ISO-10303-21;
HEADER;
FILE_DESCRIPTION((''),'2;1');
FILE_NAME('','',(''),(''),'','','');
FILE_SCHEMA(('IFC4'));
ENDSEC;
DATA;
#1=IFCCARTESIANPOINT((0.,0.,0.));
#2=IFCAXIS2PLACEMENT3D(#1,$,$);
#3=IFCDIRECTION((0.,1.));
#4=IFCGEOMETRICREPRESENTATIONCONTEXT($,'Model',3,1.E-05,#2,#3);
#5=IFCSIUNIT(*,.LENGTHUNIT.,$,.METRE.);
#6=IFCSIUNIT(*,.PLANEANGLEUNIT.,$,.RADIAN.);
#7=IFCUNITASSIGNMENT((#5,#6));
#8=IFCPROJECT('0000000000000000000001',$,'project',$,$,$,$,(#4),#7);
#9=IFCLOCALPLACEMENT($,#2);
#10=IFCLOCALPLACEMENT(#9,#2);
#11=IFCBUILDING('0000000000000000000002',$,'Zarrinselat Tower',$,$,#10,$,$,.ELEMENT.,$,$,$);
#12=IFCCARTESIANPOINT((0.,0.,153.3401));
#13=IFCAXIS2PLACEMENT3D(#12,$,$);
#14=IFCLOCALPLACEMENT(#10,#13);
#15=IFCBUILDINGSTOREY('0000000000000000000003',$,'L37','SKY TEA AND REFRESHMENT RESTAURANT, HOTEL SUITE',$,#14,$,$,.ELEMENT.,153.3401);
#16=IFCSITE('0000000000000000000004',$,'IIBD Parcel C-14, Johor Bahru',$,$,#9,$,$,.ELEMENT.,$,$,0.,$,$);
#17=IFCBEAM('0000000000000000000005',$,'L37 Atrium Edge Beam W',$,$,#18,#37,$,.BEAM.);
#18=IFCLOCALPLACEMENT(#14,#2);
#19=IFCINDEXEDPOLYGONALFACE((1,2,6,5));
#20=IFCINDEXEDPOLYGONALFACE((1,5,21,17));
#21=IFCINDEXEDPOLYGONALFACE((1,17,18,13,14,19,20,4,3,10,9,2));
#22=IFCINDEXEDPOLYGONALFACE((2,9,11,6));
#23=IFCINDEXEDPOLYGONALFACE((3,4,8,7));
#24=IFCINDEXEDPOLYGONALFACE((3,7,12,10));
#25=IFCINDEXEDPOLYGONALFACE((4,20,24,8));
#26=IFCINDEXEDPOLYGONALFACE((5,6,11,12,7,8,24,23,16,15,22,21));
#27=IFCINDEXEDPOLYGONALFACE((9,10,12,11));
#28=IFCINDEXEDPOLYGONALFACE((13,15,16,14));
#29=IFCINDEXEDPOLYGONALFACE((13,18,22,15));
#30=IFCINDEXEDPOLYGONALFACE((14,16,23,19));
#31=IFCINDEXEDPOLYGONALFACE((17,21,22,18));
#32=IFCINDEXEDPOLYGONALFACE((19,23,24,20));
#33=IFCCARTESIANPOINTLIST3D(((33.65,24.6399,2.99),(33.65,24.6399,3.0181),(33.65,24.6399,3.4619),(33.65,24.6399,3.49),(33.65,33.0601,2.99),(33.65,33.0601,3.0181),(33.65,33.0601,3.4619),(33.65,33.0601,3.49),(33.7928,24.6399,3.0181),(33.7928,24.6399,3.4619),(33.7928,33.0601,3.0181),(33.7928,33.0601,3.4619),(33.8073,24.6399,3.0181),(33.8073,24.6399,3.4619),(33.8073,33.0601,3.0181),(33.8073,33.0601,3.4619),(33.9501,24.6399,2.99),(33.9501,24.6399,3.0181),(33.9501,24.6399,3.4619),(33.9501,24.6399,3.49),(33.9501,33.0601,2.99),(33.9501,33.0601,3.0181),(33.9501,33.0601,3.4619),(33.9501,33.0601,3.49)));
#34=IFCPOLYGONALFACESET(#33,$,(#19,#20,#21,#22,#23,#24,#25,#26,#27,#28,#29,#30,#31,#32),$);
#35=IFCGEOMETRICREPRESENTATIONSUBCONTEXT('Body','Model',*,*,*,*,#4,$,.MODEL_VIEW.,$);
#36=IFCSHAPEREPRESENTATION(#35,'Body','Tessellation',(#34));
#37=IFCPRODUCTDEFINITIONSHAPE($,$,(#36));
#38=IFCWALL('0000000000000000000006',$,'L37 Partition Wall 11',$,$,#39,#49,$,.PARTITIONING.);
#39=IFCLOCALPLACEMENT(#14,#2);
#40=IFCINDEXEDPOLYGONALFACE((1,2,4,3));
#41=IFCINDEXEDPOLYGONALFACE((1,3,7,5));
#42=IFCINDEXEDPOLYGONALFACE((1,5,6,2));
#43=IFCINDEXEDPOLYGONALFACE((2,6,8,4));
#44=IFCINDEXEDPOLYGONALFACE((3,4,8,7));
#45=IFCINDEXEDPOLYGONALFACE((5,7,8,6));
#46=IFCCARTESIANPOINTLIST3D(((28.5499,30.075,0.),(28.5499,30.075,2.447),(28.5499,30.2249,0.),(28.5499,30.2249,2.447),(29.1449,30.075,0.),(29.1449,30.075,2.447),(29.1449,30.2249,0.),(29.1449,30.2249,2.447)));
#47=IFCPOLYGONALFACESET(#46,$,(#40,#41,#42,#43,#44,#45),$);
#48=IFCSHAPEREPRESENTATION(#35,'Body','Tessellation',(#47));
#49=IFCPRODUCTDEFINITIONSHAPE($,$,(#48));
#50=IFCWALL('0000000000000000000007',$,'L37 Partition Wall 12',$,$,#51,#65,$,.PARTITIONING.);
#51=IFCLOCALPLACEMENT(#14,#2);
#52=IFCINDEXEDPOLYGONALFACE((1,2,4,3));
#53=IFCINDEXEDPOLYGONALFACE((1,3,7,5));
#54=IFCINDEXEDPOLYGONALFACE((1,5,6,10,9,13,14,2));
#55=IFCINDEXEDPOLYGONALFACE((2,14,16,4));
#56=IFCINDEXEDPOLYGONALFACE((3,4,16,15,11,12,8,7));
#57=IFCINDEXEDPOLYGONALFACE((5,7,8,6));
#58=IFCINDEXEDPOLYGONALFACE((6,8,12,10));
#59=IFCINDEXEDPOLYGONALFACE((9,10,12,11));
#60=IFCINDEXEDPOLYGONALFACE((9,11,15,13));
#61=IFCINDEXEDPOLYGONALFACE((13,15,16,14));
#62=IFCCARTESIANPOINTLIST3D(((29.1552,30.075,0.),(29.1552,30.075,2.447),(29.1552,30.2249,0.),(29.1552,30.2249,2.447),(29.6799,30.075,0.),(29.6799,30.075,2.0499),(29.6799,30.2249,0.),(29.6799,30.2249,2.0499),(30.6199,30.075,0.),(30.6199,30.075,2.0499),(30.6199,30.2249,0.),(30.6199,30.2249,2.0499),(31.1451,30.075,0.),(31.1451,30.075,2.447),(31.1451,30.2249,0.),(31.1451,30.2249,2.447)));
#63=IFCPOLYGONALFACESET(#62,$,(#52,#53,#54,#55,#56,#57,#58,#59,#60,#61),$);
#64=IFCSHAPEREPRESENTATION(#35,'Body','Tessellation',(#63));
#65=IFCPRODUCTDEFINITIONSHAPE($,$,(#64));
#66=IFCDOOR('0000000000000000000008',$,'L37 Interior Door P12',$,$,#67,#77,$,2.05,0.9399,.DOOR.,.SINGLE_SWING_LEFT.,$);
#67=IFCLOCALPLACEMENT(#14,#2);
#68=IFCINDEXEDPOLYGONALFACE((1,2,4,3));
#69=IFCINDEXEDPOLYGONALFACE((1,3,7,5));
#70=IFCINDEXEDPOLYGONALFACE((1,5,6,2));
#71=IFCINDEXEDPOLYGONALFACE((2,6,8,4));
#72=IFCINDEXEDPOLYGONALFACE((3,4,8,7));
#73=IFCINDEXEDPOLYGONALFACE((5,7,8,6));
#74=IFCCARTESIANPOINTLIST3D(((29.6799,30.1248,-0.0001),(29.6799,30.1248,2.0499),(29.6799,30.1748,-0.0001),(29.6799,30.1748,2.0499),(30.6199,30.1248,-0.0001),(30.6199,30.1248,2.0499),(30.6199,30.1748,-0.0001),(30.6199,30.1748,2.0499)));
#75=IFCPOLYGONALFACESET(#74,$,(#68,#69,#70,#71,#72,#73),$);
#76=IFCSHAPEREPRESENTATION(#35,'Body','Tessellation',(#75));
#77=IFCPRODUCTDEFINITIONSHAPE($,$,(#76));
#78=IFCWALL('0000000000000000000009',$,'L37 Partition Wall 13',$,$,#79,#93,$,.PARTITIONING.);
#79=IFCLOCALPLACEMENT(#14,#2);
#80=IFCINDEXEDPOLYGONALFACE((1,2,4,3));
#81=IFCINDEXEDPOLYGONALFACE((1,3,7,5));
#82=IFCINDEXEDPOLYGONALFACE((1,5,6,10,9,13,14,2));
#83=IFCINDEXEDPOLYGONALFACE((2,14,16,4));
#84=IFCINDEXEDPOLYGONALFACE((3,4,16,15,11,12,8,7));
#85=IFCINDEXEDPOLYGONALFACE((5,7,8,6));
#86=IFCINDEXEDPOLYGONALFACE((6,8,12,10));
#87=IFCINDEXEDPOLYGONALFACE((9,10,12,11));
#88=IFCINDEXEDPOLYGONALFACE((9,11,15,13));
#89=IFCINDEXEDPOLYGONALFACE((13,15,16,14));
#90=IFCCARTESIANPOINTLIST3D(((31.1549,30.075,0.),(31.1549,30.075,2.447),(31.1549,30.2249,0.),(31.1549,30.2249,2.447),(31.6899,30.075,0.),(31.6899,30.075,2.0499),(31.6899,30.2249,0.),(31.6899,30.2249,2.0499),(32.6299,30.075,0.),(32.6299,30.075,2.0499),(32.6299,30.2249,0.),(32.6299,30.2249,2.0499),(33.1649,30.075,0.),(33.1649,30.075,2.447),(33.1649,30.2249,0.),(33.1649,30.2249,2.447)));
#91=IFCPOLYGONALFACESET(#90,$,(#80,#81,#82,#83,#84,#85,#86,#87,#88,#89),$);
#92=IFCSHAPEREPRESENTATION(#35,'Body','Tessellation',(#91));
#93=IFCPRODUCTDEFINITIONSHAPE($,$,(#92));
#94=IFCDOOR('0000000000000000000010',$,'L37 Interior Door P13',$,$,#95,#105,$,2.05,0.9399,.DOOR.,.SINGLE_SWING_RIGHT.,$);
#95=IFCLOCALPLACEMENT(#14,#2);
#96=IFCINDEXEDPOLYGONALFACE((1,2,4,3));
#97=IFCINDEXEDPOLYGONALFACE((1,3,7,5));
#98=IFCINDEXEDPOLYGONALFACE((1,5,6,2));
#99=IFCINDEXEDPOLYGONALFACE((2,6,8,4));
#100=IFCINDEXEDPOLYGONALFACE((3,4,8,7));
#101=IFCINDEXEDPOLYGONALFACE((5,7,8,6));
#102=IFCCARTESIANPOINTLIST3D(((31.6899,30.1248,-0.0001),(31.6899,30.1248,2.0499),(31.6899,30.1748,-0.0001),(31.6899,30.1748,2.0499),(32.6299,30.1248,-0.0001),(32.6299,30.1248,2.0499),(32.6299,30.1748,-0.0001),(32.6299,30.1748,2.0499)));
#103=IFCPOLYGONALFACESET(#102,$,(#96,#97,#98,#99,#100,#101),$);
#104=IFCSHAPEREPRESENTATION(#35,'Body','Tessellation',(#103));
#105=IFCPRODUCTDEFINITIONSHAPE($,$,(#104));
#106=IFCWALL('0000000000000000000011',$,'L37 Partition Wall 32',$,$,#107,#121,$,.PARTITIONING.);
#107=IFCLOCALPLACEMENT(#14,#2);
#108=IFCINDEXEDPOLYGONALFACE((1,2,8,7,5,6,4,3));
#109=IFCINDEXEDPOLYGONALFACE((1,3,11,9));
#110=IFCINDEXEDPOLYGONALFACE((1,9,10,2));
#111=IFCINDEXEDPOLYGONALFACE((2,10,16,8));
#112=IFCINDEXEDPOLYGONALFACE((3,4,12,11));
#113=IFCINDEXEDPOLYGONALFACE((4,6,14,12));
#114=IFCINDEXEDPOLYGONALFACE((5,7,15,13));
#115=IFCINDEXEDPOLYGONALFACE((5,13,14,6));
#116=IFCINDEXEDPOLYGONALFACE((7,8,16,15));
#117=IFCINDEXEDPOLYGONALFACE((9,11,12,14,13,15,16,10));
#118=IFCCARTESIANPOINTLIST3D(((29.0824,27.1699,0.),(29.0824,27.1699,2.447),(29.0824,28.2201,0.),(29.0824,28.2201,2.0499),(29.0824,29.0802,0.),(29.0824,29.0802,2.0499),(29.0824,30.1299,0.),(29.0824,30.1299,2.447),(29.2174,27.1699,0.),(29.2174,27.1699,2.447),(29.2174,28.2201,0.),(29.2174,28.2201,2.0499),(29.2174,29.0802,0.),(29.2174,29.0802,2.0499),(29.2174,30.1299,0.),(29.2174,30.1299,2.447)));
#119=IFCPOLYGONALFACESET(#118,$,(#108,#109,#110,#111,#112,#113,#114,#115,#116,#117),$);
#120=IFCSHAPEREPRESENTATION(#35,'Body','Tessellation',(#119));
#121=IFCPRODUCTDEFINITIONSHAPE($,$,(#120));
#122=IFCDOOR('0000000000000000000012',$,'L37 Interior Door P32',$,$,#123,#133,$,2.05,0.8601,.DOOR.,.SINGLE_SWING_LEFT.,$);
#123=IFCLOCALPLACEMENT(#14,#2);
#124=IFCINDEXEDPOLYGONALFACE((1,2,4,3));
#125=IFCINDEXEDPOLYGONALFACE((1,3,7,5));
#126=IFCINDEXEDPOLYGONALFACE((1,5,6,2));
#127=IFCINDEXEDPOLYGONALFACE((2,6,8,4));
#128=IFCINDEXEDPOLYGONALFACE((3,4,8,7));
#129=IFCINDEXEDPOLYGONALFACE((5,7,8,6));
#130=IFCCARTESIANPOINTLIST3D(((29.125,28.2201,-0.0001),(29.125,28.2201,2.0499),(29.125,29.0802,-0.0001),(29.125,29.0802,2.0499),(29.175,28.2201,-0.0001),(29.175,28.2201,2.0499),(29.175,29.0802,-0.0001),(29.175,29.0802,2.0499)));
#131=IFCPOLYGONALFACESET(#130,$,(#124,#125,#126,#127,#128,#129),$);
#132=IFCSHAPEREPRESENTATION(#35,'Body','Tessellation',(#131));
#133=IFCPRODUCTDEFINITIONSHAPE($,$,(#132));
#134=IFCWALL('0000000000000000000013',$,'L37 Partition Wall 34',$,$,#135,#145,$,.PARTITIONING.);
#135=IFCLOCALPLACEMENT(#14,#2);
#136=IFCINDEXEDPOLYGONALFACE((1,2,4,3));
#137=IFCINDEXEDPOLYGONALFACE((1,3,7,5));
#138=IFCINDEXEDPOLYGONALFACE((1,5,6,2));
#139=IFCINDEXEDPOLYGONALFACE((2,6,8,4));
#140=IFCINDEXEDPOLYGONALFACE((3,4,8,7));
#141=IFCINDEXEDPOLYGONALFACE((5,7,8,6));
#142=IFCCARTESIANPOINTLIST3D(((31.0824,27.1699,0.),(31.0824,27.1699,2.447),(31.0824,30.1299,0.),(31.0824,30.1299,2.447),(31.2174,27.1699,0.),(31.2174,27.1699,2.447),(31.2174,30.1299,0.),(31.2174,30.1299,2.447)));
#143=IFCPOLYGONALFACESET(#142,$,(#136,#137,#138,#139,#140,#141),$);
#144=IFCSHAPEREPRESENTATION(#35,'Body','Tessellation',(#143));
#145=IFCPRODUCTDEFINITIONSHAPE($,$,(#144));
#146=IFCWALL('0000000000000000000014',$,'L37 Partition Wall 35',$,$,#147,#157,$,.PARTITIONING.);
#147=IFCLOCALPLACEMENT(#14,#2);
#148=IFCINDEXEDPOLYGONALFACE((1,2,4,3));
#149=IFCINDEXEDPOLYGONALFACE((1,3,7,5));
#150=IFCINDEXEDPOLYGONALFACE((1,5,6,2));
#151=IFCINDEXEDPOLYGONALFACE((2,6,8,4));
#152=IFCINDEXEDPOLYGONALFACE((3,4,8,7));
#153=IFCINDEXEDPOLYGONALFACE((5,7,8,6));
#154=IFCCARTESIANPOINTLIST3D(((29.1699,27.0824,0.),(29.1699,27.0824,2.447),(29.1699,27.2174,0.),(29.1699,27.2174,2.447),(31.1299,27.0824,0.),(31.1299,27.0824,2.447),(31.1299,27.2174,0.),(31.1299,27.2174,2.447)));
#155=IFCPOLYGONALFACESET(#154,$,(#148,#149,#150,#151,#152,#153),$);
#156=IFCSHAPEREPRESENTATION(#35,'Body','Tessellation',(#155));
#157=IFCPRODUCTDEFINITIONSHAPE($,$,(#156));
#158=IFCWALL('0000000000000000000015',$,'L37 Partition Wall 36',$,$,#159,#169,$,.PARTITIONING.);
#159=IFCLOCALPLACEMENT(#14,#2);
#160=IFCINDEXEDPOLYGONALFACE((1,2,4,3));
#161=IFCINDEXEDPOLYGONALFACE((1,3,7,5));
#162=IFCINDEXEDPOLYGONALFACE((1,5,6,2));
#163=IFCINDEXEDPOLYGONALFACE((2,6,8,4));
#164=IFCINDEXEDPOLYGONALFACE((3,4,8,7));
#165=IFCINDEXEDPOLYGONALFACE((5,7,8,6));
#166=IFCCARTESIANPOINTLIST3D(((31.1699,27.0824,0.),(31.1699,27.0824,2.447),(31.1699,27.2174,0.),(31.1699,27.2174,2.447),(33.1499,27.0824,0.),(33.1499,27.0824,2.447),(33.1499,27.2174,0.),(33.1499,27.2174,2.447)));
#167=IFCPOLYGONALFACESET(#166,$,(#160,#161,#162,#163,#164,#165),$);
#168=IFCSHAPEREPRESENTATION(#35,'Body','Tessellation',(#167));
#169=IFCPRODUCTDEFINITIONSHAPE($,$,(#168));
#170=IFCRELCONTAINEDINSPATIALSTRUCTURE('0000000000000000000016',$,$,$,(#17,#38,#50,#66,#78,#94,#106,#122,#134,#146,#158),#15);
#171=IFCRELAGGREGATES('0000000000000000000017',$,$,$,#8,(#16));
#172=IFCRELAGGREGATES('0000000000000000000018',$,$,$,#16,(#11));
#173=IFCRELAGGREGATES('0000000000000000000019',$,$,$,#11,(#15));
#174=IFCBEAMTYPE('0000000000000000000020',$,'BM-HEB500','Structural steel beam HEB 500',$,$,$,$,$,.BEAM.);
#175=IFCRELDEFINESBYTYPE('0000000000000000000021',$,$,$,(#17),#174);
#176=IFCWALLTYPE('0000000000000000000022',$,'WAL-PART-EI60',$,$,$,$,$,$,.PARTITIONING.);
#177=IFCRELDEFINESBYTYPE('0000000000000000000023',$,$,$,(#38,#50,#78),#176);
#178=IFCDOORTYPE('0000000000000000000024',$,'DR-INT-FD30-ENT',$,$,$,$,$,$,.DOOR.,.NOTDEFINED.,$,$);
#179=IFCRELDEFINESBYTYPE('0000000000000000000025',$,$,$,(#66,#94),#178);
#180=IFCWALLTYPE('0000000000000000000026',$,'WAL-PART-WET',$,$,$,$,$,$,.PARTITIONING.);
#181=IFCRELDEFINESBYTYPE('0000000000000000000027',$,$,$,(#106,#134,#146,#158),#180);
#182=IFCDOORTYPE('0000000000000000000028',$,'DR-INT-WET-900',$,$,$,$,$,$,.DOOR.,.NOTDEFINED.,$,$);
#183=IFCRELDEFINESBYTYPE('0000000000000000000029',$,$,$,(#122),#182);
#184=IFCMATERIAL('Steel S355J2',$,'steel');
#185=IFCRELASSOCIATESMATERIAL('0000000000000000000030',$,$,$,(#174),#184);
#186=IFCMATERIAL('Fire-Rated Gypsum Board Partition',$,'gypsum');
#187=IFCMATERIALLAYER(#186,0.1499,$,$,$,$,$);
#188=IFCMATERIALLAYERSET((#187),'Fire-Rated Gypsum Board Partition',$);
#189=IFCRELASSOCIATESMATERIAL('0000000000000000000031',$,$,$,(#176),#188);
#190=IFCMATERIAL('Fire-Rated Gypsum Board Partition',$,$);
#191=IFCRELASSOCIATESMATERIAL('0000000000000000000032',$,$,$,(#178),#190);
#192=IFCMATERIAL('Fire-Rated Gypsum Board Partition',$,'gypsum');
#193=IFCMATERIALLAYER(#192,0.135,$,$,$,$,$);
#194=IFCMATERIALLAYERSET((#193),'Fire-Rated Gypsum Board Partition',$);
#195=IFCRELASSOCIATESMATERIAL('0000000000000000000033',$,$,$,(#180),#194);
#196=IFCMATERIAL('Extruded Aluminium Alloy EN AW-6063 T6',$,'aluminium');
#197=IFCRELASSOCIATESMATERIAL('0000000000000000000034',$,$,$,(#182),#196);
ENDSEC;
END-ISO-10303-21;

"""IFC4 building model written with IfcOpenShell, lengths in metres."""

from ifc_helpers import new_model, si_unit, direction, frame, frame_2d, origin, origin_2d, place, context, subcontext, project, spatial, rectangle, i_section, extrude, material, layer, layer_set, material_profile, profile_set, type_object, element, fill, save


model = new_model("IFC4")

# Units and contexts
model_context = context("Model", 3, precision=1e-05, world=origin(), true_north=direction((0.0, 1.0)))
body_context = subcontext(model_context, "Body", "Model", "MODEL_VIEW")
ifc_project = project(units=[si_unit("LENGTHUNIT", "METRE"), si_unit("PLANEANGLEUNIT", "RADIAN")], contexts=[model_context])

# Site, building, storey
site_placement = place(None, origin())
site = spatial("IfcSite", under=ifc_project, at=site_placement, Name="IIBD Parcel C-14, Johor Bahru", CompositionType="ELEMENT", RefElevation=0.0)
building_placement = place(site_placement, origin())
building = spatial("IfcBuilding", under=site, at=building_placement, Name="Zarrinselat Tower", CompositionType="ELEMENT")
storey_placement = place(building_placement, frame((0.0, 0.0, 153.3401)))
storey = spatial("IfcBuildingStorey", under=building, at=storey_placement, Name="L37", Description="SKY TEA AND REFRESHMENT RESTAURANT, HOTEL SUITE", CompositionType="ELEMENT", Elevation=153.3401)

# Beam
ifc_material_1 = material(Name="Steel S355J2", Category="steel")
ifc_material_profile = material_profile(ifc_material_1, i_section(OverallWidth=0.3, OverallDepth=0.5, WebThickness=0.0144, FlangeThickness=0.0281, at=origin_2d()), Name="HEB 500")
ifc_profile_set = profile_set([ifc_material_profile], Name="Steel S355J2")
beam_type = type_object("IfcBeamType", Name="BM-HEB500", Description="Structural steel beam HEB 500", PredefinedType="BEAM", material=ifc_profile_set)
beam_placement = place(storey_placement, frame((33.8, 24.6399, 3.24), z_axis=(0.0, 1.0, 0.0), x_axis=(-1.0, 0.0, 0.0)))
element("IfcBeam", 1, at=beam_placement, inside=storey, type_object=beam_type, Name="L37 Atrium Edge Beam W", PredefinedType="BEAM", context=body_context, shape_type="SweptSolid", body=[
    extrude(i_section(OverallWidth=0.3, OverallDepth=0.5, WebThickness=0.0144, FlangeThickness=0.0281, at=origin_2d()), origin(), (0.0, 0.0, 1.0), 8.4202),
])

# Wall
ifc_material_2 = material(Name="Fire-Rated Gypsum Board Partition", Category="gypsum")
ifc_layer_1 = layer(ifc_material_2, 0.1499)
ifc_layer_set_1 = layer_set([ifc_layer_1], Name="Fire-Rated Gypsum Board Partition")
wall_type_1 = type_object("IfcWallType", Name="WAL-PART-EI60", PredefinedType="PARTITIONING", material=ifc_layer_set_1)
wall_1_placement = place(storey_placement, frame((28.55, 30.1499, 0.0), z_axis=(0.0, 0.0, 1.0), x_axis=(1.0, 0.0, 0.0)))
element("IfcWall", 2, at=wall_1_placement, inside=storey, type_object=wall_type_1, Name="L37 Partition Wall 11", PredefinedType="PARTITIONING", context=body_context, shape_type="SweptSolid", body=[
    extrude(rectangle(XDim=0.595, YDim=0.1499, at=frame_2d((0.2974, 0.0))), origin(), (0.0, 0.0, 1.0), 2.447),
])

# Walls, openings, doors
wall_2_placement = place(storey_placement, frame((29.155, 30.1499, 0.0), z_axis=(0.0, 0.0, 1.0), x_axis=(1.0, 0.0, 0.0)))
wall_2 = element("IfcWall", 3, at=wall_2_placement, inside=storey, type_object=wall_type_1, Name="L37 Partition Wall 12", PredefinedType="PARTITIONING", context=body_context, shape_type="SweptSolid", body=[
    extrude(rectangle(XDim=1.99, YDim=0.1499, at=frame_2d((0.9951, 0.0))), origin(), (0.0, 0.0, 1.0), 2.447),
])
opening_1_placement = place(wall_2_placement, frame((0.5249, 0.0, 0.0)))
opening_1 = element("IfcOpeningElement", 4, at=opening_1_placement, cuts=wall_2, PredefinedType="OPENING", context=body_context, shape_type="SweptSolid", body=[
    extrude(rectangle(XDim=0.9399, YDim=2.05, at=frame_2d((0.47, 1.0249))), frame((0.0, 0.085, 0.0), z_axis=(0.0, -1.0, 0.0), x_axis=(1.0, 0.0, 0.0)), (0.0, 0.0, 1.0), 0.1699),
])
ifc_material_3 = material(Name="Fire-Rated Gypsum Board Partition")
door_type_1 = type_object("IfcDoorType", Name="DR-INT-FD30-ENT", OperationType="NOTDEFINED", PredefinedType="DOOR", material=ifc_material_3)
door_1_placement = place(opening_1_placement, origin())
door_1 = element("IfcDoor", 5, at=door_1_placement, inside=storey, type_object=door_type_1, Name="L37 Interior Door P12", OperationType="SINGLE_SWING_LEFT", OverallHeight=2.05, OverallWidth=0.9399, PredefinedType="DOOR", context=body_context, shape_type="SweptSolid", body=[
    extrude(rectangle(XDim=0.9399, YDim=2.05, at=frame_2d((0.47, 1.0249))), frame((0.0, 0.0249, 0.0), z_axis=(0.0, -1.0, 0.0), x_axis=(1.0, 0.0, 0.0)), (0.0, 0.0, 1.0), 0.05),
])
fill(opening_1, door_1)
wall_3_placement = place(storey_placement, frame((31.155, 30.1499, 0.0), z_axis=(0.0, 0.0, 1.0), x_axis=(1.0, 0.0, 0.0)))
wall_3 = element("IfcWall", 6, at=wall_3_placement, inside=storey, type_object=wall_type_1, Name="L37 Partition Wall 13", PredefinedType="PARTITIONING", context=body_context, shape_type="SweptSolid", body=[
    extrude(rectangle(XDim=2.01, YDim=0.1499, at=frame_2d((1.0049, 0.0))), origin(), (0.0, 0.0, 1.0), 2.447),
])
opening_2_placement = place(wall_3_placement, frame((0.5349, 0.0, 0.0)))
opening_2 = element("IfcOpeningElement", 7, at=opening_2_placement, cuts=wall_3, PredefinedType="OPENING", context=body_context, shape_type="SweptSolid", body=[
    extrude(rectangle(XDim=0.9399, YDim=2.05, at=frame_2d((0.47, 1.0249))), frame((0.0, 0.085, 0.0), z_axis=(0.0, -1.0, 0.0), x_axis=(1.0, 0.0, 0.0)), (0.0, 0.0, 1.0), 0.1699),
])
door_2_placement = place(opening_2_placement, origin())
door_2 = element("IfcDoor", 8, at=door_2_placement, inside=storey, type_object=door_type_1, Name="L37 Interior Door P13", OperationType="SINGLE_SWING_RIGHT", OverallHeight=2.05, OverallWidth=0.9399, PredefinedType="DOOR", context=body_context, shape_type="SweptSolid", body=[
    extrude(rectangle(XDim=0.9399, YDim=2.05, at=frame_2d((0.47, 1.0249))), frame((0.0, 0.0249, 0.0), z_axis=(0.0, -1.0, 0.0), x_axis=(1.0, 0.0, 0.0)), (0.0, 0.0, 1.0), 0.05),
])
fill(opening_2, door_2)
ifc_material_4 = material(Name="Fire-Rated Gypsum Board Partition", Category="gypsum")
ifc_layer_2 = layer(ifc_material_4, 0.135)
ifc_layer_set_2 = layer_set([ifc_layer_2], Name="Fire-Rated Gypsum Board Partition")
wall_type_2 = type_object("IfcWallType", Name="WAL-PART-WET", PredefinedType="PARTITIONING", material=ifc_layer_set_2)
wall_4_placement = place(storey_placement, frame((29.1499, 27.1699, 0.0), z_axis=(0.0, 0.0, 1.0), x_axis=(0.0, 1.0, 0.0)))
wall_4 = element("IfcWall", 9, at=wall_4_placement, inside=storey, type_object=wall_type_2, Name="L37 Partition Wall 32", PredefinedType="PARTITIONING", context=body_context, shape_type="SweptSolid", body=[
    extrude(rectangle(XDim=2.96, YDim=0.135, at=frame_2d((1.48, 0.0))), origin(), (0.0, 0.0, 1.0), 2.447),
])
opening_3_placement = place(wall_4_placement, frame((1.05, 0.0, 0.0)))
opening_3 = element("IfcOpeningElement", 10, at=opening_3_placement, cuts=wall_4, PredefinedType="OPENING", context=body_context, shape_type="SweptSolid", body=[
    extrude(rectangle(XDim=0.8601, YDim=2.05, at=frame_2d((0.4302, 1.0249))), frame((0.0, 0.0774, 0.0), z_axis=(0.0, -1.0, 0.0), x_axis=(1.0, 0.0, 0.0)), (0.0, 0.0, 1.0), 0.155),
])
ifc_material_5 = material(Name="Extruded Aluminium Alloy EN AW-6063 T6", Category="aluminium")
door_type_2 = type_object("IfcDoorType", Name="DR-INT-WET-900", OperationType="NOTDEFINED", PredefinedType="DOOR", material=ifc_material_5)
door_3_placement = place(opening_3_placement, origin())
door_3 = element("IfcDoor", 11, at=door_3_placement, inside=storey, type_object=door_type_2, Name="L37 Interior Door P32", OperationType="SINGLE_SWING_LEFT", OverallHeight=2.05, OverallWidth=0.8601, PredefinedType="DOOR", context=body_context, shape_type="SweptSolid", body=[
    extrude(rectangle(XDim=0.8601, YDim=2.05, at=frame_2d((0.4302, 1.0249))), frame((0.0, 0.0249, 0.0), z_axis=(0.0, -1.0, 0.0), x_axis=(1.0, 0.0, 0.0)), (0.0, 0.0, 1.0), 0.05),
])
fill(opening_3, door_3)

# Walls
wall_5_placement = place(storey_placement, frame((31.1499, 27.1699, 0.0), z_axis=(0.0, 0.0, 1.0), x_axis=(0.0, 1.0, 0.0)))
element("IfcWall", 12, at=wall_5_placement, inside=storey, type_object=wall_type_2, Name="L37 Partition Wall 34", PredefinedType="PARTITIONING", context=body_context, shape_type="SweptSolid", body=[
    extrude(rectangle(XDim=2.96, YDim=0.135, at=frame_2d((1.48, 0.0))), origin(), (0.0, 0.0, 1.0), 2.447),
])
wall_6_placement = place(storey_placement, frame((29.1699, 27.1499, 0.0), z_axis=(0.0, 0.0, 1.0), x_axis=(1.0, 0.0, 0.0)))
element("IfcWall", 13, at=wall_6_placement, inside=storey, type_object=wall_type_2, Name="L37 Partition Wall 35", PredefinedType="PARTITIONING", context=body_context, shape_type="SweptSolid", body=[
    extrude(rectangle(XDim=1.96, YDim=0.135, at=frame_2d((0.98, 0.0))), origin(), (0.0, 0.0, 1.0), 2.447),
])
wall_7_placement = place(storey_placement, frame((31.1699, 27.1499, 0.0), z_axis=(0.0, 0.0, 1.0), x_axis=(1.0, 0.0, 0.0)))
element("IfcWall", 14, at=wall_7_placement, inside=storey, type_object=wall_type_2, Name="L37 Partition Wall 36", PredefinedType="PARTITIONING", context=body_context, shape_type="SweptSolid", body=[
    extrude(rectangle(XDim=1.98, YDim=0.135, at=frame_2d((0.99, 0.0))), origin(), (0.0, 0.0, 1.0), 2.447),
])

save(model, "model.ifc")
